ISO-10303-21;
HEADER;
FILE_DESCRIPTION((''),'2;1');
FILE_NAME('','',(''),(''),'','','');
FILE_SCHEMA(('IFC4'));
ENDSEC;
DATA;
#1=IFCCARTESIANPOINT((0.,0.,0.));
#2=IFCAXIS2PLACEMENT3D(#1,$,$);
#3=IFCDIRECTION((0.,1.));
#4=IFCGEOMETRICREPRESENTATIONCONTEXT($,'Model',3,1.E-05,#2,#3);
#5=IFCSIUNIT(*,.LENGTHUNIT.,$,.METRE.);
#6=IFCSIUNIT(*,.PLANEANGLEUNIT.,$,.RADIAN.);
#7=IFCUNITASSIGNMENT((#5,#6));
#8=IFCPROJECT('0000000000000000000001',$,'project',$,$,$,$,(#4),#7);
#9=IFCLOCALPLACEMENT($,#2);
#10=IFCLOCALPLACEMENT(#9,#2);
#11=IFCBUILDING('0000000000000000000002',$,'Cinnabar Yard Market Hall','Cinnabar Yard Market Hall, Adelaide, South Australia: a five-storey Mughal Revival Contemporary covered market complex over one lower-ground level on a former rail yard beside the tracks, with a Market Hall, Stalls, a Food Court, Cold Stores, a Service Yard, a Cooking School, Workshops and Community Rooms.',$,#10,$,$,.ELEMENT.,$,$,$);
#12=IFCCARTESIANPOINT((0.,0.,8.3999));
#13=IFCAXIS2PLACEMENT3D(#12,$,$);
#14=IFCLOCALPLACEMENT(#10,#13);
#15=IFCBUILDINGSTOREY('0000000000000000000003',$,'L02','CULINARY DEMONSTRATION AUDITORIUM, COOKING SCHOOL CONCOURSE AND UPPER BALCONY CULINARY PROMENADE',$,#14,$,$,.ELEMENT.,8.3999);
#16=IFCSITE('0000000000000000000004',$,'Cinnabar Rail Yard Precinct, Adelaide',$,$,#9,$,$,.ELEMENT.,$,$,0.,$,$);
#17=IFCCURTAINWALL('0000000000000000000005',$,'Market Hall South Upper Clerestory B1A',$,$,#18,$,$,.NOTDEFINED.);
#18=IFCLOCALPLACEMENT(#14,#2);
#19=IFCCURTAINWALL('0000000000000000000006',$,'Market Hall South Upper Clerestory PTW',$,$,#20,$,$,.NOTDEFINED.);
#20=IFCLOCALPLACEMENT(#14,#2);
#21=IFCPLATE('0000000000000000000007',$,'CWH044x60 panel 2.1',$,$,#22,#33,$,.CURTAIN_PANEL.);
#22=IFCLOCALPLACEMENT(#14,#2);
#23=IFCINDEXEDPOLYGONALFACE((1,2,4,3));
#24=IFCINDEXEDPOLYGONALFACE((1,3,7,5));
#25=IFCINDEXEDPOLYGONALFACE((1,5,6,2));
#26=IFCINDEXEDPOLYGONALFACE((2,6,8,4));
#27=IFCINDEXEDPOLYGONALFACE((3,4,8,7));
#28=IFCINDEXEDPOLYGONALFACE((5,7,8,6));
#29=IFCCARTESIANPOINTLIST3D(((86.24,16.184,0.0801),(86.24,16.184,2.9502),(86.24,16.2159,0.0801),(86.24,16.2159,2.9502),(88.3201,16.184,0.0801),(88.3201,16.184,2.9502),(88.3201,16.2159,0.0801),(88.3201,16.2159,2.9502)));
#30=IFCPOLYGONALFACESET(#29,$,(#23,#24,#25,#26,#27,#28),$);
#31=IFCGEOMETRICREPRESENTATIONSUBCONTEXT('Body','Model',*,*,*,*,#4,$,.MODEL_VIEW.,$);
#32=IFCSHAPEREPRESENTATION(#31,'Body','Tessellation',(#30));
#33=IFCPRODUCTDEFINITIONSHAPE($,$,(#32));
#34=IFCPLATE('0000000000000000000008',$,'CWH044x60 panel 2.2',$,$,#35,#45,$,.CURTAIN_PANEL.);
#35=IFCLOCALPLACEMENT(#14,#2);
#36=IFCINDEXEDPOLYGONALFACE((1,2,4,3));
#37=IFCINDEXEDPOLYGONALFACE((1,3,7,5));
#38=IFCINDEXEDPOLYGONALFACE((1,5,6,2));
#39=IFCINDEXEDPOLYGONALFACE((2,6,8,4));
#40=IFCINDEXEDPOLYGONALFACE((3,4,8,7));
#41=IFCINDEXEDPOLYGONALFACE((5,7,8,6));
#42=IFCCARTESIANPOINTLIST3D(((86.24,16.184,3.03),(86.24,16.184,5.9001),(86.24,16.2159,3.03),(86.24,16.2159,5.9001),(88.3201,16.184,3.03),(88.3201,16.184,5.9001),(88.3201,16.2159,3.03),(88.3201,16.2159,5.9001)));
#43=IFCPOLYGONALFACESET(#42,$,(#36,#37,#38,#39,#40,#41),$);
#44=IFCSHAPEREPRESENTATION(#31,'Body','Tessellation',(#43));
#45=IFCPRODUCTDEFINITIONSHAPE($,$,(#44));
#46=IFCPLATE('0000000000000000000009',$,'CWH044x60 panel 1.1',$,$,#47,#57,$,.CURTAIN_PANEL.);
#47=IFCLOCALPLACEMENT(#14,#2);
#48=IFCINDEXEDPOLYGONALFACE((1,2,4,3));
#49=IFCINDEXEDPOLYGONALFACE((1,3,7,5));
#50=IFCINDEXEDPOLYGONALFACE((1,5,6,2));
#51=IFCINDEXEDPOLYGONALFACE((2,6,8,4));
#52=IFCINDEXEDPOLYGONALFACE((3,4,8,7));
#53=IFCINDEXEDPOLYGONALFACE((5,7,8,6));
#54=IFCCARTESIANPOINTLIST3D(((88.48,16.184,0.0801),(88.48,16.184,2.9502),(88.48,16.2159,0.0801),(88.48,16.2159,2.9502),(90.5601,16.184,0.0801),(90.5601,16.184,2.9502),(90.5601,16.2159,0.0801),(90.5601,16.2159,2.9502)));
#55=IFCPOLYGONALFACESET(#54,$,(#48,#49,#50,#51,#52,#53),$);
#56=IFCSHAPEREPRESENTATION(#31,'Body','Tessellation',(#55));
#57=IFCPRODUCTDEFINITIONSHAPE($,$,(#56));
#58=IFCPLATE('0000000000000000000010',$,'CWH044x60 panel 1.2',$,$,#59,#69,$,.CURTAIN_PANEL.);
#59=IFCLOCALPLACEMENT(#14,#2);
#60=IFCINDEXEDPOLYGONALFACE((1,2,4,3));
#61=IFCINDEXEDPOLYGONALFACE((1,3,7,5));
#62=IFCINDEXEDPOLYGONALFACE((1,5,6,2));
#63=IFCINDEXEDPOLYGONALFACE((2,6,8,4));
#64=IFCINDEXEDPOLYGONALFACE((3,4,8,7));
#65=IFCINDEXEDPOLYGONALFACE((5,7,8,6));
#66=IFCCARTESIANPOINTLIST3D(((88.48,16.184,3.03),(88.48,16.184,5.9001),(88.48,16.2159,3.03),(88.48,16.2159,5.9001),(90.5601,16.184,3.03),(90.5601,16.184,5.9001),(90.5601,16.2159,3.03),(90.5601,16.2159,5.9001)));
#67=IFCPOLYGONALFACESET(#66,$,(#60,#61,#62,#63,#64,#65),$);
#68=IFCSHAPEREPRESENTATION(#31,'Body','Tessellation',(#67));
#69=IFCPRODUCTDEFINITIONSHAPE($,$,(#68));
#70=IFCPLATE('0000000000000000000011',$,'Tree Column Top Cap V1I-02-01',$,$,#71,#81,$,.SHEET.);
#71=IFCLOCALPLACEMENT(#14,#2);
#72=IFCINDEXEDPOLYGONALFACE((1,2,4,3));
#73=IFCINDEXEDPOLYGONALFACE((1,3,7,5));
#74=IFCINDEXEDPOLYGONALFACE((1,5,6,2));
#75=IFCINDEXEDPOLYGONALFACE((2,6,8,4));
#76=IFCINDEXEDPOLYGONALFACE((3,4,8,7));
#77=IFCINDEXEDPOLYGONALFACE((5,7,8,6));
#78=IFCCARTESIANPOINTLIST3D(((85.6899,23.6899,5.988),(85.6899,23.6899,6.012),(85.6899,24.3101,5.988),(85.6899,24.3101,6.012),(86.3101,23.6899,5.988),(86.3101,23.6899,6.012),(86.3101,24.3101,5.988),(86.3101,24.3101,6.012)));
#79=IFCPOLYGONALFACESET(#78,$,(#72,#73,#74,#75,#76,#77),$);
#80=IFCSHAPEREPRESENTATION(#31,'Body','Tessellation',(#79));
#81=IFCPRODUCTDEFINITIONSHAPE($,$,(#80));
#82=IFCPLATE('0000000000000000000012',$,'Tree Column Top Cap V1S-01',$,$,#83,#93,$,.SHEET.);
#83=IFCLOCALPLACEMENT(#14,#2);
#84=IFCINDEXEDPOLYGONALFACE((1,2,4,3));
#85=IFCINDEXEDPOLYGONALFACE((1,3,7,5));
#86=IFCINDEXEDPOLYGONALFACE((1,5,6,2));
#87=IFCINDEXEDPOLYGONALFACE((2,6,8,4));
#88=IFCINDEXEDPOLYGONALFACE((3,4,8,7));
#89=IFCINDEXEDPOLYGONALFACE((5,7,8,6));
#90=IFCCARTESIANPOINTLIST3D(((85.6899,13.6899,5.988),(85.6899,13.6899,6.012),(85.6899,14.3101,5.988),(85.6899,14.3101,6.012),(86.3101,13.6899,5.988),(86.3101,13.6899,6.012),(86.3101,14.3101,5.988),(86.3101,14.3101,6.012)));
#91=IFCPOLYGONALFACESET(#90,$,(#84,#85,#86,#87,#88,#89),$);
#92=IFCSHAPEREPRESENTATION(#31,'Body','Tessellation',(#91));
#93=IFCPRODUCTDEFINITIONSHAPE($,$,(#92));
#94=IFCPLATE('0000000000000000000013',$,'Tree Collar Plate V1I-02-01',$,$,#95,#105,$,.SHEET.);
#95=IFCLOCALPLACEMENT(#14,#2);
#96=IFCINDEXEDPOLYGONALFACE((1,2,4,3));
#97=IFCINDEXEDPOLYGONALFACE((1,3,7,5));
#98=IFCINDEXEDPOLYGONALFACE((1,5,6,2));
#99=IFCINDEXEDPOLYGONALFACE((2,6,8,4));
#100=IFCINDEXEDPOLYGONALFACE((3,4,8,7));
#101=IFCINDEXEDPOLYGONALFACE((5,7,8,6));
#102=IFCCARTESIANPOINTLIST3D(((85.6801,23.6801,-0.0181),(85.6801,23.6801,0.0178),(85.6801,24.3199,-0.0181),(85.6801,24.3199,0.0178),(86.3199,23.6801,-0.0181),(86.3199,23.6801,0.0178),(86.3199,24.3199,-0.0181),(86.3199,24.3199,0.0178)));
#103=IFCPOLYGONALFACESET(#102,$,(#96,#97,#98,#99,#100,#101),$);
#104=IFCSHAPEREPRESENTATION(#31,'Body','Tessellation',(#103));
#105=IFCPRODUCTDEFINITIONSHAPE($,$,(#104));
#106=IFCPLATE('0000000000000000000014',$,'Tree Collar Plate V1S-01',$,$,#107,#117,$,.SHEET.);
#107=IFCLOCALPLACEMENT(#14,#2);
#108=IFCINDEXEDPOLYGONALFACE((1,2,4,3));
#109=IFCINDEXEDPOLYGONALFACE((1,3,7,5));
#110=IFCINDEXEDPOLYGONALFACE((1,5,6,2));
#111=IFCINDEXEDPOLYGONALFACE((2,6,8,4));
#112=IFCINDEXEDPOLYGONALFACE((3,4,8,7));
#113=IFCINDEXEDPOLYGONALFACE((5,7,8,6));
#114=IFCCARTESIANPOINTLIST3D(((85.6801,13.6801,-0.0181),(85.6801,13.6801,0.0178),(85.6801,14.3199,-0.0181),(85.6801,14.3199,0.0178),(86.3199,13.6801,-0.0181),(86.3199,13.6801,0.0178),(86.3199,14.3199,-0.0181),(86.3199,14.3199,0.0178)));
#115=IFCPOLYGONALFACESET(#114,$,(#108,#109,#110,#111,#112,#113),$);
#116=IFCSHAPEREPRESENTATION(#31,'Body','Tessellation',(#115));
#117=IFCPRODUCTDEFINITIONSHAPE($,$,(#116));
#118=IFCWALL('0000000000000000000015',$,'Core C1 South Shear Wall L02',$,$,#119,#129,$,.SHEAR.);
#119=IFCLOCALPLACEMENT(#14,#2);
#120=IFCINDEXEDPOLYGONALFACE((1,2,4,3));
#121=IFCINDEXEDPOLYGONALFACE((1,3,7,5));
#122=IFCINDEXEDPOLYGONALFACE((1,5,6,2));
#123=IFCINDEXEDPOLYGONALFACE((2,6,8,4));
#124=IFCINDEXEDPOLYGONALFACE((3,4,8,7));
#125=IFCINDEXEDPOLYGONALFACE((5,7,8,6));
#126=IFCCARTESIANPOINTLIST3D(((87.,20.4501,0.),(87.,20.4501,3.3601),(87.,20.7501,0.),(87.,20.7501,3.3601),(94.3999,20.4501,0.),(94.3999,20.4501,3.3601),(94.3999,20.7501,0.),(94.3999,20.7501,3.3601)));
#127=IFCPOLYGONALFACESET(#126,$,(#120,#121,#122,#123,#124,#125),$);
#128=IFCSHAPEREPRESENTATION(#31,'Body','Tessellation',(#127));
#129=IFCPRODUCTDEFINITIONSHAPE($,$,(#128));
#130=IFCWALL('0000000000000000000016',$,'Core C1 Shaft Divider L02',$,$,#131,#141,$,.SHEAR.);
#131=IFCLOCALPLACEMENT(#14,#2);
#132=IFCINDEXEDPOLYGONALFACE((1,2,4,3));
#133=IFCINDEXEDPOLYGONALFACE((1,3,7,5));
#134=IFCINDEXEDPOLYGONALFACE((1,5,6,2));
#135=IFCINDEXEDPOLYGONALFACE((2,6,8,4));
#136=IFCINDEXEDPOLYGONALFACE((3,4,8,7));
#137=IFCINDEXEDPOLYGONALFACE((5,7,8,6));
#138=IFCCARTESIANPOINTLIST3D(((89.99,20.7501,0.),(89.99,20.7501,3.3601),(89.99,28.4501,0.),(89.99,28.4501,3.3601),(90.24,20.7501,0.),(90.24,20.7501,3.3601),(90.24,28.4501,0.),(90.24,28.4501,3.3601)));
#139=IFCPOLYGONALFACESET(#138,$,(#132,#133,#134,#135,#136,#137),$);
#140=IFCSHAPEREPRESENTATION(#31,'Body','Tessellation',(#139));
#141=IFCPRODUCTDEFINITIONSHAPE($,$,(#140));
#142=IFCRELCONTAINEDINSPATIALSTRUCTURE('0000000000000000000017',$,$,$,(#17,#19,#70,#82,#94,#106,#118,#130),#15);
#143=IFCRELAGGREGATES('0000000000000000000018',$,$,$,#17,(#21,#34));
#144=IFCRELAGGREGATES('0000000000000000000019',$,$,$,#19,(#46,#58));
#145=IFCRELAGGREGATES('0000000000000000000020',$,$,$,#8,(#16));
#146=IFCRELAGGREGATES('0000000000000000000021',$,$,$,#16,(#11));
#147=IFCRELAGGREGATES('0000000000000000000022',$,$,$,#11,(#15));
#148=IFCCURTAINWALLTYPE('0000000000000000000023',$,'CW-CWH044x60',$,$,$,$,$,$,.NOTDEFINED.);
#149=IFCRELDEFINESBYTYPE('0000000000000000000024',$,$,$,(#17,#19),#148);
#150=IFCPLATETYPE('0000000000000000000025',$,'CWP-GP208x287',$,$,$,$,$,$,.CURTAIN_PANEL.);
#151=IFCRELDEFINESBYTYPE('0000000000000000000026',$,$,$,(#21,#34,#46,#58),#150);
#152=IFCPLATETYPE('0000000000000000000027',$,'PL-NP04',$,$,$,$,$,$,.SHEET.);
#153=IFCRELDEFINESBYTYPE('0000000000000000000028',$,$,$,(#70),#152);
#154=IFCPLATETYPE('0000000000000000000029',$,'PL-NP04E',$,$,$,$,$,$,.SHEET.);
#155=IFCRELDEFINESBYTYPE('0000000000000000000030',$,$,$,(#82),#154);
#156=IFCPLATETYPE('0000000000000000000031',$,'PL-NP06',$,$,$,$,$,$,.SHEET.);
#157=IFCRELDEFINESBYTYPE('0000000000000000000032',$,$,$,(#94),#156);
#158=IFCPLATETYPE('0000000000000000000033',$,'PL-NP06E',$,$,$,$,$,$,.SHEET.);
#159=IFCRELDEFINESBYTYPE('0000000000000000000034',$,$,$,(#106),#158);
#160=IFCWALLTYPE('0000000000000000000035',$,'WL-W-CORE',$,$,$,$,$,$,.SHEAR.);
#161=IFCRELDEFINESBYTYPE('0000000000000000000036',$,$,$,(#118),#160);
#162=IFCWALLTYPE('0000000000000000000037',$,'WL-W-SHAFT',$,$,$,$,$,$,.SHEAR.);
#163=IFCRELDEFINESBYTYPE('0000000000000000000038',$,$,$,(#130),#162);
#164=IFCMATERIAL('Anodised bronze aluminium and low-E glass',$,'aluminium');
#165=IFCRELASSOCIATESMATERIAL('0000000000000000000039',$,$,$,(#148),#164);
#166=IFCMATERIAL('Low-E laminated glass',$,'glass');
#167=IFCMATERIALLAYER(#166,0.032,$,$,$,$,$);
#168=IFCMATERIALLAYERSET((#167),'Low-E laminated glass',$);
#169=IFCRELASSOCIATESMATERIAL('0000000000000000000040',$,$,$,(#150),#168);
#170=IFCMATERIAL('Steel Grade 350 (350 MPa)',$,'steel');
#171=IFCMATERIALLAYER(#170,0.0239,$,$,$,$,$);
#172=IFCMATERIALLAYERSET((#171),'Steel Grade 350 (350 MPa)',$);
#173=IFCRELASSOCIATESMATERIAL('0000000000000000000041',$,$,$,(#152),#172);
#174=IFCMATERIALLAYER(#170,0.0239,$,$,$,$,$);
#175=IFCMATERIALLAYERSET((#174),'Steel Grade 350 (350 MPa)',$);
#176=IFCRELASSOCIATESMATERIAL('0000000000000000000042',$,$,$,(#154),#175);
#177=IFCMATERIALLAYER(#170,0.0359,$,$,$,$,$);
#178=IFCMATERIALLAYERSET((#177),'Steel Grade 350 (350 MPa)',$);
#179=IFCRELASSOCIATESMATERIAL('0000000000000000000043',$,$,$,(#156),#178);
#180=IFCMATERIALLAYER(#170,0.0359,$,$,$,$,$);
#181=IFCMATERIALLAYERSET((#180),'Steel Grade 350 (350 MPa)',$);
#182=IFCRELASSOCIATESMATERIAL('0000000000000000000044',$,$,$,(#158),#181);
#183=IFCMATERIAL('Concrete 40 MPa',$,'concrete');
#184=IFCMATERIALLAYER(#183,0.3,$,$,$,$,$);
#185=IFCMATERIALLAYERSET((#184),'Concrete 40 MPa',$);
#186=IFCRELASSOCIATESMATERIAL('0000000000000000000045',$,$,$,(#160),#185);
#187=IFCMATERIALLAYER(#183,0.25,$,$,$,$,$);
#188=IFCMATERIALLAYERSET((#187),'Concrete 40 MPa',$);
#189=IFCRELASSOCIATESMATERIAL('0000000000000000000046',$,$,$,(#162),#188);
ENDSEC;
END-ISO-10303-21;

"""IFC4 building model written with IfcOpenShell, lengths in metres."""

from ifc_helpers import new_model, si_unit, direction, frame, frame_2d, origin, origin_2d_with_axis, place, context, subcontext, project, spatial, rectangle, extrude, material, layer, layer_set, type_object, element, aggregate, save


model = new_model("IFC4")

# Units and contexts
model_context = context("Model", 3, precision=1e-05, world=origin(), true_north=direction((0.0, 1.0)))
body_context = subcontext(model_context, "Body", "Model", "MODEL_VIEW")
ifc_project = project(units=[si_unit("LENGTHUNIT", "METRE"), si_unit("PLANEANGLEUNIT", "RADIAN")], contexts=[model_context])

# Site, building, storey
site_placement = place(None, origin())
site = spatial("IfcSite", under=ifc_project, at=site_placement, Name="Cinnabar Rail Yard Precinct, Adelaide", CompositionType="ELEMENT", RefElevation=0.0)
building_placement = place(site_placement, origin())
building = spatial("IfcBuilding", under=site, at=building_placement, Name="Cinnabar Yard Market Hall", Description="Cinnabar Yard Market Hall, Adelaide, South Australia: a five-storey Mughal Revival Contemporary covered market complex over one lower-ground level on a former rail yard beside the tracks, with a Market Hall, Stalls, a Food Court, Cold Stores, a Service Yard, a Cooking School, Workshops and Community Rooms.", CompositionType="ELEMENT")
storey_placement = place(building_placement, frame((0.0, 0.0, 8.3999)))
storey = spatial("IfcBuildingStorey", under=building, at=storey_placement, Name="L02", Description="CULINARY DEMONSTRATION AUDITORIUM, COOKING SCHOOL CONCOURSE AND UPPER BALCONY CULINARY PROMENADE", CompositionType="ELEMENT", Elevation=8.3999)

# Curtain walls
ifc_material_1 = material(Name="Anodised bronze aluminium and low-E glass", Category="aluminium")
curtain_wall_type_1 = type_object("IfcCurtainWallType", Name="CW-CWH044x60", PredefinedType="NOTDEFINED", material=ifc_material_1)
curtain_wall_1_placement = place(storey_placement, origin())
curtain_wall_1 = element("IfcCurtainWall", 1, at=curtain_wall_1_placement, inside=storey, type_object=curtain_wall_type_1, Name="Market Hall South Upper Clerestory B1A", PredefinedType="NOTDEFINED")
curtain_wall_2_placement = place(storey_placement, origin())
curtain_wall_2 = element("IfcCurtainWall", 2, at=curtain_wall_2_placement, inside=storey, type_object=curtain_wall_type_1, Name="Market Hall South Upper Clerestory PTW", PredefinedType="NOTDEFINED")

# Plates
ifc_material_2 = material(Name="Low-E laminated glass", Category="glass")
ifc_layer_1 = layer(ifc_material_2, 0.032)
ifc_layer_set_1 = layer_set([ifc_layer_1], Name="Low-E laminated glass")
plate_type_1 = type_object("IfcPlateType", Name="CWP-GP208x287", PredefinedType="CURTAIN_PANEL", material=ifc_layer_set_1)
plate_1_placement = place(storey_placement, frame((87.28, 16.2, 0.0801), z_axis=(0.0, 0.0, 1.0), x_axis=(1.0, 0.0, 0.0)))
plate_1 = element("IfcPlate", 3, at=plate_1_placement, type_object=plate_type_1, Name="CWH044x60 panel 2.1", PredefinedType="CURTAIN_PANEL", context=body_context, shape_type="SweptSolid", body=[
    extrude(rectangle(XDim=2.0801, YDim=0.032, at=origin_2d_with_axis()), origin(), (0.0, 0.0, 1.0), 2.8701),
])
plate_2_placement = place(storey_placement, frame((87.28, 16.2, 3.03), z_axis=(0.0, 0.0, 1.0), x_axis=(1.0, 0.0, 0.0)))
plate_2 = element("IfcPlate", 4, at=plate_2_placement, type_object=plate_type_1, Name="CWH044x60 panel 2.2", PredefinedType="CURTAIN_PANEL", context=body_context, shape_type="SweptSolid", body=[
    extrude(rectangle(XDim=2.0801, YDim=0.032, at=origin_2d_with_axis()), origin(), (0.0, 0.0, 1.0), 2.8701),
])
aggregate(curtain_wall_1, [plate_1, plate_2])
plate_3_placement = place(storey_placement, frame((89.52, 16.2, 0.0801), z_axis=(0.0, 0.0, 1.0), x_axis=(1.0, 0.0, 0.0)))
plate_3 = element("IfcPlate", 5, at=plate_3_placement, type_object=plate_type_1, Name="CWH044x60 panel 1.1", PredefinedType="CURTAIN_PANEL", context=body_context, shape_type="SweptSolid", body=[
    extrude(rectangle(XDim=2.0801, YDim=0.032, at=origin_2d_with_axis()), origin(), (0.0, 0.0, 1.0), 2.8701),
])
plate_4_placement = place(storey_placement, frame((89.52, 16.2, 3.03), z_axis=(0.0, 0.0, 1.0), x_axis=(1.0, 0.0, 0.0)))
plate_4 = element("IfcPlate", 6, at=plate_4_placement, type_object=plate_type_1, Name="CWH044x60 panel 1.2", PredefinedType="CURTAIN_PANEL", context=body_context, shape_type="SweptSolid", body=[
    extrude(rectangle(XDim=2.0801, YDim=0.032, at=origin_2d_with_axis()), origin(), (0.0, 0.0, 1.0), 2.8701),
])
aggregate(curtain_wall_2, [plate_3, plate_4])

# Plates
ifc_material_3 = material(Name="Steel Grade 350 (350 MPa)", Category="steel")
ifc_layer_2 = layer(ifc_material_3, 0.0239)
ifc_layer_set_2 = layer_set([ifc_layer_2], Name="Steel Grade 350 (350 MPa)")
plate_type_2 = type_object("IfcPlateType", Name="PL-NP04", PredefinedType="SHEET", material=ifc_layer_set_2)
plate_5_placement = place(storey_placement, frame((86.0, 24.0, 5.988), z_axis=(0.0, 0.0, 1.0), x_axis=(1.0, 0.0, 0.0)))
element("IfcPlate", 7, at=plate_5_placement, inside=storey, type_object=plate_type_2, Name="Tree Column Top Cap V1I-02-01", PredefinedType="SHEET", context=body_context, shape_type="SweptSolid", body=[
    extrude(rectangle(XDim=0.6201, YDim=0.6201, at=origin_2d_with_axis()), origin(), (0.0, 0.0, 1.0), 0.0239),
])
ifc_layer_3 = layer(ifc_material_3, 0.0239)
ifc_layer_set_3 = layer_set([ifc_layer_3], Name="Steel Grade 350 (350 MPa)")
plate_type_3 = type_object("IfcPlateType", Name="PL-NP04E", PredefinedType="SHEET", material=ifc_layer_set_3)
plate_6_placement = place(storey_placement, frame((86.0, 14.0, 5.988), z_axis=(0.0, 0.0, 1.0), x_axis=(1.0, 0.0, 0.0)))
element("IfcPlate", 8, at=plate_6_placement, inside=storey, type_object=plate_type_3, Name="Tree Column Top Cap V1S-01", PredefinedType="SHEET", context=body_context, shape_type="SweptSolid", body=[
    extrude(rectangle(XDim=0.6201, YDim=0.6201, at=origin_2d_with_axis()), origin(), (0.0, 0.0, 1.0), 0.0239),
])
ifc_layer_4 = layer(ifc_material_3, 0.0359)
ifc_layer_set_4 = layer_set([ifc_layer_4], Name="Steel Grade 350 (350 MPa)")
plate_type_4 = type_object("IfcPlateType", Name="PL-NP06", PredefinedType="SHEET", material=ifc_layer_set_4)
plate_7_placement = place(storey_placement, frame((86.0, 24.0, -0.0181), z_axis=(0.0, 0.0, 1.0), x_axis=(1.0, 0.0, 0.0)))
element("IfcPlate", 9, at=plate_7_placement, inside=storey, type_object=plate_type_4, Name="Tree Collar Plate V1I-02-01", PredefinedType="SHEET", context=body_context, shape_type="SweptSolid", body=[
    extrude(rectangle(XDim=0.6399, YDim=0.6399, at=origin_2d_with_axis()), origin(), (0.0, 0.0, 1.0), 0.0359),
])
ifc_layer_5 = layer(ifc_material_3, 0.0359)
ifc_layer_set_5 = layer_set([ifc_layer_5], Name="Steel Grade 350 (350 MPa)")
plate_type_5 = type_object("IfcPlateType", Name="PL-NP06E", PredefinedType="SHEET", material=ifc_layer_set_5)
plate_8_placement = place(storey_placement, frame((86.0, 14.0, -0.0181), z_axis=(0.0, 0.0, 1.0), x_axis=(1.0, 0.0, 0.0)))
element("IfcPlate", 10, at=plate_8_placement, inside=storey, type_object=plate_type_5, Name="Tree Collar Plate V1S-01", PredefinedType="SHEET", context=body_context, shape_type="SweptSolid", body=[
    extrude(rectangle(XDim=0.6399, YDim=0.6399, at=origin_2d_with_axis()), origin(), (0.0, 0.0, 1.0), 0.0359),
])

# Walls
ifc_material_4 = material(Name="Concrete 40 MPa", Category="concrete")
ifc_layer_6 = layer(ifc_material_4, 0.3)
ifc_layer_set_6 = layer_set([ifc_layer_6], Name="Concrete 40 MPa")
wall_type_1 = type_object("IfcWallType", Name="WL-W-CORE", PredefinedType="SHEAR", material=ifc_layer_set_6)
wall_1_placement = place(storey_placement, frame((87.0, 20.6001, 0.0), z_axis=(0.0, 0.0, 1.0), x_axis=(1.0, 0.0, 0.0)))
element("IfcWall", 11, at=wall_1_placement, inside=storey, type_object=wall_type_1, Name="Core C1 South Shear Wall L02", PredefinedType="SHEAR", context=body_context, shape_type="SweptSolid", body=[
    extrude(rectangle(XDim=7.3999, YDim=0.3, at=frame_2d((3.7, 0.0), x_axis=(1.0, 0.0))), origin(), (0.0, 0.0, 1.0), 3.3601),
])
ifc_layer_7 = layer(ifc_material_4, 0.25)
ifc_layer_set_7 = layer_set([ifc_layer_7], Name="Concrete 40 MPa")
wall_type_2 = type_object("IfcWallType", Name="WL-W-SHAFT", PredefinedType="SHEAR", material=ifc_layer_set_7)
wall_2_placement = place(storey_placement, frame((90.115, 20.75, 0.0), z_axis=(0.0, 0.0, 1.0), x_axis=(0.0, 1.0, 0.0)))
element("IfcWall", 12, at=wall_2_placement, inside=storey, type_object=wall_type_2, Name="Core C1 Shaft Divider L02", PredefinedType="SHEAR", context=body_context, shape_type="SweptSolid", body=[
    extrude(rectangle(XDim=7.7, YDim=0.25, at=frame_2d((3.8501, 0.0), x_axis=(1.0, 0.0))), origin(), (0.0, 0.0, 1.0), 3.3601),
])

save(model, "model.ifc")
